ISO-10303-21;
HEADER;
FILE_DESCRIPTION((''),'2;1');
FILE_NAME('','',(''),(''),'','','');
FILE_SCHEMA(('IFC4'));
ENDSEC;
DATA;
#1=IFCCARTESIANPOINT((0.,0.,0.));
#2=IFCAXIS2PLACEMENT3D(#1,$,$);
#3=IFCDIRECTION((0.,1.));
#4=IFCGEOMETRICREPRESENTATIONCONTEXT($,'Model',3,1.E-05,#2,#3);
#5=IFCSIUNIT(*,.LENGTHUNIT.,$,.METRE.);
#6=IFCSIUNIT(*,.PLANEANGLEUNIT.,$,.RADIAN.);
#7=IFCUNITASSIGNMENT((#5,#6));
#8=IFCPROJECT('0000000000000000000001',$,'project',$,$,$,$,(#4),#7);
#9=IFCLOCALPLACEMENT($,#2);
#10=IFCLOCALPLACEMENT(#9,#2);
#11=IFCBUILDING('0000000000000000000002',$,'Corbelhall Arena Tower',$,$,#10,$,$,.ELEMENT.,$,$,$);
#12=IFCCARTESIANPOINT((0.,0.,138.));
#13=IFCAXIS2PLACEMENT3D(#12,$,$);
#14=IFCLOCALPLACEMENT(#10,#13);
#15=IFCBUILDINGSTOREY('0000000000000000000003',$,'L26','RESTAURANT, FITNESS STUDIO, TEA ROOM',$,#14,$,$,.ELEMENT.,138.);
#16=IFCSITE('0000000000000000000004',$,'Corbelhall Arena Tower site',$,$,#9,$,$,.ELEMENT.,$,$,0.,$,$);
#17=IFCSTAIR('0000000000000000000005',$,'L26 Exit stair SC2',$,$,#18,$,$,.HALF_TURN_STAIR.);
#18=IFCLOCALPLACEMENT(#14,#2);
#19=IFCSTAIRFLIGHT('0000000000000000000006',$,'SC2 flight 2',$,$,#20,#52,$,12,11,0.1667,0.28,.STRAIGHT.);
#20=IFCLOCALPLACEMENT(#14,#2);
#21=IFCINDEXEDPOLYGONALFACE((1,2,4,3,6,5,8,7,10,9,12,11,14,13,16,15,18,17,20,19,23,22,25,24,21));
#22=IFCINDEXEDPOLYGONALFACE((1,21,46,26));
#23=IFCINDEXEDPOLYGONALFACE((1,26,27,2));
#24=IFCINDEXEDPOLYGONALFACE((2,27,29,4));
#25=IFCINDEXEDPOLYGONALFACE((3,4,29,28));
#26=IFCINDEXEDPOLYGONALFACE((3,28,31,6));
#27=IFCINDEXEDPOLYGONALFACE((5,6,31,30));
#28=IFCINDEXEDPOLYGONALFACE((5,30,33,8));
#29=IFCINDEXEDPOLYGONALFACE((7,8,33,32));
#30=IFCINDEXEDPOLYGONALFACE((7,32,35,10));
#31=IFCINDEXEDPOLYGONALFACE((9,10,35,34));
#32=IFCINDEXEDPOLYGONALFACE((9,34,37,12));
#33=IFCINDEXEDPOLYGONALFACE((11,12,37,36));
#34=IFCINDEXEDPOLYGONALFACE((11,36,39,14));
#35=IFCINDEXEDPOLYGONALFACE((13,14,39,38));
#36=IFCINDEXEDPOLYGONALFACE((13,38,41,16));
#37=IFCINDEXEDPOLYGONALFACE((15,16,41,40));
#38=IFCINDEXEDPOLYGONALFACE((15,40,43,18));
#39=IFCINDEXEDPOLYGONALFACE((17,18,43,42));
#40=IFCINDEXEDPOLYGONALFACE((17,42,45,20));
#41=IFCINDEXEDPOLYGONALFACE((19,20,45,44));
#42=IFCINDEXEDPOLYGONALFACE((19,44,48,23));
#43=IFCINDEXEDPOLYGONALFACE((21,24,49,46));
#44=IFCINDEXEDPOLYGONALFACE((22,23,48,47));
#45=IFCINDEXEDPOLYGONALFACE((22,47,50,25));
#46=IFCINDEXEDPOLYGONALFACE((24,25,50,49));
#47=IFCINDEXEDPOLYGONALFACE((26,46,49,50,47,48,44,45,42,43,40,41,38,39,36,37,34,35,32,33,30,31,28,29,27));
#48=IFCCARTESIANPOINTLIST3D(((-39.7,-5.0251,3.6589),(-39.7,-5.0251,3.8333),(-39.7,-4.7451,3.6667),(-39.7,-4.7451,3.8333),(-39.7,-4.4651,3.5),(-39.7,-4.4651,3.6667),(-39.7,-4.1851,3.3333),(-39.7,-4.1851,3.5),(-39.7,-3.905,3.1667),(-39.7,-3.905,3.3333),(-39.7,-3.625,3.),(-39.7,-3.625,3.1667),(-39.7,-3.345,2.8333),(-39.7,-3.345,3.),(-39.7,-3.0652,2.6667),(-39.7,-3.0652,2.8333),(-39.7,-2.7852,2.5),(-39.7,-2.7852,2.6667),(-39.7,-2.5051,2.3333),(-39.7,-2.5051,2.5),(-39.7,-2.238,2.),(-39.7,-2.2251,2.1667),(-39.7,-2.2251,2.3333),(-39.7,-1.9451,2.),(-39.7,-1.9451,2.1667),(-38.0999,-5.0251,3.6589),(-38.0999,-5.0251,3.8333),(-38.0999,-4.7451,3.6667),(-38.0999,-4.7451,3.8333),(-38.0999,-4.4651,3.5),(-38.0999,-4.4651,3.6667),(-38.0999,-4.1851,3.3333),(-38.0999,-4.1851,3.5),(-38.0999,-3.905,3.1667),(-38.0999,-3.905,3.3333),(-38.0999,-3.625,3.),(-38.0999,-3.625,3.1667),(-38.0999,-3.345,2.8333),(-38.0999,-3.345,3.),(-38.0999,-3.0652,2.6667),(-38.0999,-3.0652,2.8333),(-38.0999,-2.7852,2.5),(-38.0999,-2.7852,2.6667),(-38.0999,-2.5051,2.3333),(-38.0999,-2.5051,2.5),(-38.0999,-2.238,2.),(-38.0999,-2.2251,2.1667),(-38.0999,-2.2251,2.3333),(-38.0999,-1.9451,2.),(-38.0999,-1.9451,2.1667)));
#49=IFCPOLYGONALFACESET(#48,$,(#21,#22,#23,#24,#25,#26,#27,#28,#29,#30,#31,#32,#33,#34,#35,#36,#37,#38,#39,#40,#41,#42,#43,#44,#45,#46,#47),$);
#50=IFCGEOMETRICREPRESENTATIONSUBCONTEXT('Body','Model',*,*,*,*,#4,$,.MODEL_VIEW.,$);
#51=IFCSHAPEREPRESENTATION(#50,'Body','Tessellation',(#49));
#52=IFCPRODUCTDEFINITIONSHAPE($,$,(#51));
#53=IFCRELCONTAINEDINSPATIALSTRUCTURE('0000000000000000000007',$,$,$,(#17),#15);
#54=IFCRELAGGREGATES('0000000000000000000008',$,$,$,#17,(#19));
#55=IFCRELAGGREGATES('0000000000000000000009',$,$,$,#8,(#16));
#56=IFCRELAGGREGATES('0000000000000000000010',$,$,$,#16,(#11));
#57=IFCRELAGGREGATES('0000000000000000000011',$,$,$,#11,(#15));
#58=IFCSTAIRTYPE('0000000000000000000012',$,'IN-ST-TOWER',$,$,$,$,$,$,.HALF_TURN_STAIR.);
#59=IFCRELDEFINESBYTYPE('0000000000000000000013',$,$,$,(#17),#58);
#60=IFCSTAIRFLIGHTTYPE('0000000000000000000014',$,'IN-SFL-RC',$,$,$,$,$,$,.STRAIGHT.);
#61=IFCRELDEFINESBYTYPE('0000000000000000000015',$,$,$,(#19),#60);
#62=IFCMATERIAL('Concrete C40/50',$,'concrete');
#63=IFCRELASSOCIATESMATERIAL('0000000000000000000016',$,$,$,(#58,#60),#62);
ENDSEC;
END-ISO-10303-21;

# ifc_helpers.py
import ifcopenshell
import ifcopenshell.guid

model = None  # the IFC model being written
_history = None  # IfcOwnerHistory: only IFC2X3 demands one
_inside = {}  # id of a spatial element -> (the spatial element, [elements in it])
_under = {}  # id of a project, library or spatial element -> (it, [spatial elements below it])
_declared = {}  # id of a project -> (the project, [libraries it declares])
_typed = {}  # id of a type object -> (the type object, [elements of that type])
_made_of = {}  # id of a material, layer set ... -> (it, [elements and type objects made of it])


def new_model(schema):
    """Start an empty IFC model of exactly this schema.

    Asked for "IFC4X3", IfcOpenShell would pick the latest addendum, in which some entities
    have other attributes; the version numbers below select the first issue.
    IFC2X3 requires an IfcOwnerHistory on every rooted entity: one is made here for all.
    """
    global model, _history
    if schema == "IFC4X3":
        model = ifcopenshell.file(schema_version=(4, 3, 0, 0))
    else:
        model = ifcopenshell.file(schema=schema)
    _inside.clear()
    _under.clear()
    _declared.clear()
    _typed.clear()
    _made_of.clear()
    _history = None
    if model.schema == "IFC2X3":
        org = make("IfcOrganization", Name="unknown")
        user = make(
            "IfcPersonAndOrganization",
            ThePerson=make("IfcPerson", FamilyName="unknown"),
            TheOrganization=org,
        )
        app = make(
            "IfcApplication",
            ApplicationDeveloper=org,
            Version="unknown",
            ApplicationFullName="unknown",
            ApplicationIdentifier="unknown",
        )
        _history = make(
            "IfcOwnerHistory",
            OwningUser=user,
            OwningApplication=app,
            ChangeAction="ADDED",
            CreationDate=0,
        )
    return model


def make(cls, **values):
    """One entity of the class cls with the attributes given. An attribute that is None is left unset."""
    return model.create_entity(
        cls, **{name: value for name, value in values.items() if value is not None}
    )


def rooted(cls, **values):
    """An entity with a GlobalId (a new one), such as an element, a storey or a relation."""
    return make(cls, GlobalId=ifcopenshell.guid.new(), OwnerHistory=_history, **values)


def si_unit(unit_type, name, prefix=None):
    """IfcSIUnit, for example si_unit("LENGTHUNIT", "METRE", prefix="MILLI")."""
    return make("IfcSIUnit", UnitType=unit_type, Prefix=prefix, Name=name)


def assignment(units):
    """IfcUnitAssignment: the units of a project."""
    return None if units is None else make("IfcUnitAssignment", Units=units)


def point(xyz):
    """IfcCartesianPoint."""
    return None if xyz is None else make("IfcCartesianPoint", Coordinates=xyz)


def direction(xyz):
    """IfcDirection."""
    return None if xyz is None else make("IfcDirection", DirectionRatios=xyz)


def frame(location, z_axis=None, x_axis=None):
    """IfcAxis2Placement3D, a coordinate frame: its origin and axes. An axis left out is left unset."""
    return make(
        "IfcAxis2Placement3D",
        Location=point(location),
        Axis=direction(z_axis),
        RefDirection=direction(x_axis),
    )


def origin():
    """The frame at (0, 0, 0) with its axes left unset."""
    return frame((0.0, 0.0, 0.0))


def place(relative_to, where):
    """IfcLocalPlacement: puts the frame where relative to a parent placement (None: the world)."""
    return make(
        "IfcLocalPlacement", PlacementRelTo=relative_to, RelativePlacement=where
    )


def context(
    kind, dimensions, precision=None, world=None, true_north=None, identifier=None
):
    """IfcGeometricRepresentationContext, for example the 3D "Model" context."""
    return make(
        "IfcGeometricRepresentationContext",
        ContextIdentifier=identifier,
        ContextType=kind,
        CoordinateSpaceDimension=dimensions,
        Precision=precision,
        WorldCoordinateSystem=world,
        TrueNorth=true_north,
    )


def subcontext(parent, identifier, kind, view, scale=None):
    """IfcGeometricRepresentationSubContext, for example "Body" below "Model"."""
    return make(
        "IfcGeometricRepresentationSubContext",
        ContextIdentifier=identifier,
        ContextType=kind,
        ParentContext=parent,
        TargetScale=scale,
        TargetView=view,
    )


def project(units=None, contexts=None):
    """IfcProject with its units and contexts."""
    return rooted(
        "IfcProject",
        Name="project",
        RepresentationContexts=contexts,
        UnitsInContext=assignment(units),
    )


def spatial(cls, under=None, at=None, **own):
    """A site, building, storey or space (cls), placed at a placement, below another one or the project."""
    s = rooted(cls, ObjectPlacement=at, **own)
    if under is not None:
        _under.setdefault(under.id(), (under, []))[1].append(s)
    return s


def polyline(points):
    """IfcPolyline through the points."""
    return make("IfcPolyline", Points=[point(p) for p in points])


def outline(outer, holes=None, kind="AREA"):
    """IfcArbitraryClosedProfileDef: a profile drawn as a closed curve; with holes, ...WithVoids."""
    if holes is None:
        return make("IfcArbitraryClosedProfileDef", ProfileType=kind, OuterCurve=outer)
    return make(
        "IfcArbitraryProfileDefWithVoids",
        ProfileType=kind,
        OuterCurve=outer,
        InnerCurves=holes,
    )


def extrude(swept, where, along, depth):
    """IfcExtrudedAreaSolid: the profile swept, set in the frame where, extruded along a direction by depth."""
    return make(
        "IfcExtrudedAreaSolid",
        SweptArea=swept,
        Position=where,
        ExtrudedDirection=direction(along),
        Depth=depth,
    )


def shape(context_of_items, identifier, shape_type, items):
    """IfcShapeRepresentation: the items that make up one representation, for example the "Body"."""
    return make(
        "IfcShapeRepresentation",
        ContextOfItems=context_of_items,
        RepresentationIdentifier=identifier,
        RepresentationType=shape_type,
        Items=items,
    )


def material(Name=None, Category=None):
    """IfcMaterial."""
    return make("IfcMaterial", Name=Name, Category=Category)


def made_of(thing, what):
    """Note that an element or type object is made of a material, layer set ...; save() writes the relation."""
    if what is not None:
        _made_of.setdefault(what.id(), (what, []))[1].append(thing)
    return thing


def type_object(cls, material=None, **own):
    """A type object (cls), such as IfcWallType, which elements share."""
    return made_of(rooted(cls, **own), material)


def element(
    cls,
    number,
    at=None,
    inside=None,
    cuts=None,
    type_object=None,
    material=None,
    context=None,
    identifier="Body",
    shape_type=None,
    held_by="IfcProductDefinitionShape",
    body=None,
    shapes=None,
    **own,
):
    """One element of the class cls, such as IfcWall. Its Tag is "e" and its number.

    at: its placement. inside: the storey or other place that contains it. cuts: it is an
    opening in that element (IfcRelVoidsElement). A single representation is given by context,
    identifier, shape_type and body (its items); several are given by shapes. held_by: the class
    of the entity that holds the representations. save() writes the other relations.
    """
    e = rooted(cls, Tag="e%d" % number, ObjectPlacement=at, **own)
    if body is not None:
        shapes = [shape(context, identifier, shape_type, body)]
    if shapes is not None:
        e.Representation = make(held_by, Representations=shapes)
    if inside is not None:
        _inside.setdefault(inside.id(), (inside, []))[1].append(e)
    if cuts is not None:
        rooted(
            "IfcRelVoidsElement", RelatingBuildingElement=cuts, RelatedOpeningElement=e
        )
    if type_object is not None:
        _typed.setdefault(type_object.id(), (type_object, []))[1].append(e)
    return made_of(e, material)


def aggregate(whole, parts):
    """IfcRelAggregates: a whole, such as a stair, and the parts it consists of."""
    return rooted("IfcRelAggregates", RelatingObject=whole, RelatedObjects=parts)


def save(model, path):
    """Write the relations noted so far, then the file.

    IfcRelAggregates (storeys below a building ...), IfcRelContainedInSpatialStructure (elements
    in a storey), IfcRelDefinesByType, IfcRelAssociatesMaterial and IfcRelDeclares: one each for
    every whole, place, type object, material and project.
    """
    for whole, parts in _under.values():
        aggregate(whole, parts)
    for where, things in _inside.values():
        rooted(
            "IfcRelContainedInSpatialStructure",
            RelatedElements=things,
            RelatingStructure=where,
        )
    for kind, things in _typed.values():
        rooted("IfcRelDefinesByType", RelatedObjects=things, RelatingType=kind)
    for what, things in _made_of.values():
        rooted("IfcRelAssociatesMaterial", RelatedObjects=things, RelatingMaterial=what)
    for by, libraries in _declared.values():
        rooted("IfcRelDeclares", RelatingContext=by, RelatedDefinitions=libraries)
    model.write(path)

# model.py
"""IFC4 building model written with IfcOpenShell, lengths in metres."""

from ifc_helpers import new_model, si_unit, direction, frame, origin, place, context, subcontext, project, spatial, polyline, outline, extrude, material, type_object, element, aggregate, save


model = new_model("IFC4")

# Units and contexts
model_context = context("Model", 3, precision=1e-05, world=origin(), true_north=direction((0.0, 1.0)))
body_context = subcontext(model_context, "Body", "Model", "MODEL_VIEW")
ifc_project = project(units=[si_unit("LENGTHUNIT", "METRE"), si_unit("PLANEANGLEUNIT", "RADIAN")], contexts=[model_context])

# Site, building, storey
site_placement = place(None, origin())
site = spatial("IfcSite", under=ifc_project, at=site_placement, Name="Corbelhall Arena Tower site", CompositionType="ELEMENT", RefElevation=0.0)
building_placement = place(site_placement, origin())
building = spatial("IfcBuilding", under=site, at=building_placement, Name="Corbelhall Arena Tower", CompositionType="ELEMENT")
storey_placement = place(building_placement, frame((0.0, 0.0, 138.0)))
storey = spatial("IfcBuildingStorey", under=building, at=storey_placement, Name="L26", Description="RESTAURANT, FITNESS STUDIO, TEA ROOM", CompositionType="ELEMENT", Elevation=138.0)

# Shared definitions
ifc_material_1 = material(Name="Concrete C40/50", Category="concrete")

# Stair, stair flight
stair_type = type_object("IfcStairType", Name="IN-ST-TOWER", PredefinedType="HALF_TURN_STAIR", material=ifc_material_1)
stair_placement = place(storey_placement, origin())
stair = element("IfcStair", 1, at=stair_placement, inside=storey, type_object=stair_type, Name="L26 Exit stair SC2", PredefinedType="HALF_TURN_STAIR")
stair_flight_type = type_object("IfcStairFlightType", Name="IN-SFL-RC", PredefinedType="STRAIGHT", material=ifc_material_1)
stair_flight_1_placement = place(storey_placement, frame((-38.8999, -1.9451, 2.0), z_axis=(0.0, 0.0, 1.0), x_axis=(0.0, -1.0, 0.0)))
stair_flight_1 = element("IfcStairFlight", 2, at=stair_flight_1_placement, type_object=stair_flight_type, Name="SC2 flight 2", NumberOfRisers=12, NumberOfTreads=11, PredefinedType="STRAIGHT", RiserHeight=0.1667, TreadLength=0.28, context=body_context, shape_type="SweptSolid", body=[
    extrude(outline(polyline([(0.0, 0.0), (0.0, 0.1667), (0.28, 0.1667), (0.28, 0.3333), (0.5601, 0.3333), (0.5601, 0.5), (0.8401, 0.5), (0.8401, 0.6667), (1.1201, 0.6667), (1.1201, 0.8333), (1.3999, 0.8333), (1.3999, 1.0), (1.6799, 1.0), (1.6799, 1.1667), (1.96, 1.1667), (1.96, 1.3333), (2.24, 1.3333), (2.24, 1.5), (2.52, 1.5), (2.52, 1.6667), (2.8, 1.6667), (2.8, 1.8333), (3.0801, 1.8333), (3.0801, 2.0), (3.0801, 1.6589), (0.293, 0.0), (0.0, 0.0)])), frame((0.0, 0.8, 0.0), z_axis=(0.0, -1.0, 0.0), x_axis=(1.0, 0.0, 0.0)), (0.0, 0.0, 1.0), 1.6001),
])
aggregate(stair, [stair_flight_1])

save(model, "model.ifc")
